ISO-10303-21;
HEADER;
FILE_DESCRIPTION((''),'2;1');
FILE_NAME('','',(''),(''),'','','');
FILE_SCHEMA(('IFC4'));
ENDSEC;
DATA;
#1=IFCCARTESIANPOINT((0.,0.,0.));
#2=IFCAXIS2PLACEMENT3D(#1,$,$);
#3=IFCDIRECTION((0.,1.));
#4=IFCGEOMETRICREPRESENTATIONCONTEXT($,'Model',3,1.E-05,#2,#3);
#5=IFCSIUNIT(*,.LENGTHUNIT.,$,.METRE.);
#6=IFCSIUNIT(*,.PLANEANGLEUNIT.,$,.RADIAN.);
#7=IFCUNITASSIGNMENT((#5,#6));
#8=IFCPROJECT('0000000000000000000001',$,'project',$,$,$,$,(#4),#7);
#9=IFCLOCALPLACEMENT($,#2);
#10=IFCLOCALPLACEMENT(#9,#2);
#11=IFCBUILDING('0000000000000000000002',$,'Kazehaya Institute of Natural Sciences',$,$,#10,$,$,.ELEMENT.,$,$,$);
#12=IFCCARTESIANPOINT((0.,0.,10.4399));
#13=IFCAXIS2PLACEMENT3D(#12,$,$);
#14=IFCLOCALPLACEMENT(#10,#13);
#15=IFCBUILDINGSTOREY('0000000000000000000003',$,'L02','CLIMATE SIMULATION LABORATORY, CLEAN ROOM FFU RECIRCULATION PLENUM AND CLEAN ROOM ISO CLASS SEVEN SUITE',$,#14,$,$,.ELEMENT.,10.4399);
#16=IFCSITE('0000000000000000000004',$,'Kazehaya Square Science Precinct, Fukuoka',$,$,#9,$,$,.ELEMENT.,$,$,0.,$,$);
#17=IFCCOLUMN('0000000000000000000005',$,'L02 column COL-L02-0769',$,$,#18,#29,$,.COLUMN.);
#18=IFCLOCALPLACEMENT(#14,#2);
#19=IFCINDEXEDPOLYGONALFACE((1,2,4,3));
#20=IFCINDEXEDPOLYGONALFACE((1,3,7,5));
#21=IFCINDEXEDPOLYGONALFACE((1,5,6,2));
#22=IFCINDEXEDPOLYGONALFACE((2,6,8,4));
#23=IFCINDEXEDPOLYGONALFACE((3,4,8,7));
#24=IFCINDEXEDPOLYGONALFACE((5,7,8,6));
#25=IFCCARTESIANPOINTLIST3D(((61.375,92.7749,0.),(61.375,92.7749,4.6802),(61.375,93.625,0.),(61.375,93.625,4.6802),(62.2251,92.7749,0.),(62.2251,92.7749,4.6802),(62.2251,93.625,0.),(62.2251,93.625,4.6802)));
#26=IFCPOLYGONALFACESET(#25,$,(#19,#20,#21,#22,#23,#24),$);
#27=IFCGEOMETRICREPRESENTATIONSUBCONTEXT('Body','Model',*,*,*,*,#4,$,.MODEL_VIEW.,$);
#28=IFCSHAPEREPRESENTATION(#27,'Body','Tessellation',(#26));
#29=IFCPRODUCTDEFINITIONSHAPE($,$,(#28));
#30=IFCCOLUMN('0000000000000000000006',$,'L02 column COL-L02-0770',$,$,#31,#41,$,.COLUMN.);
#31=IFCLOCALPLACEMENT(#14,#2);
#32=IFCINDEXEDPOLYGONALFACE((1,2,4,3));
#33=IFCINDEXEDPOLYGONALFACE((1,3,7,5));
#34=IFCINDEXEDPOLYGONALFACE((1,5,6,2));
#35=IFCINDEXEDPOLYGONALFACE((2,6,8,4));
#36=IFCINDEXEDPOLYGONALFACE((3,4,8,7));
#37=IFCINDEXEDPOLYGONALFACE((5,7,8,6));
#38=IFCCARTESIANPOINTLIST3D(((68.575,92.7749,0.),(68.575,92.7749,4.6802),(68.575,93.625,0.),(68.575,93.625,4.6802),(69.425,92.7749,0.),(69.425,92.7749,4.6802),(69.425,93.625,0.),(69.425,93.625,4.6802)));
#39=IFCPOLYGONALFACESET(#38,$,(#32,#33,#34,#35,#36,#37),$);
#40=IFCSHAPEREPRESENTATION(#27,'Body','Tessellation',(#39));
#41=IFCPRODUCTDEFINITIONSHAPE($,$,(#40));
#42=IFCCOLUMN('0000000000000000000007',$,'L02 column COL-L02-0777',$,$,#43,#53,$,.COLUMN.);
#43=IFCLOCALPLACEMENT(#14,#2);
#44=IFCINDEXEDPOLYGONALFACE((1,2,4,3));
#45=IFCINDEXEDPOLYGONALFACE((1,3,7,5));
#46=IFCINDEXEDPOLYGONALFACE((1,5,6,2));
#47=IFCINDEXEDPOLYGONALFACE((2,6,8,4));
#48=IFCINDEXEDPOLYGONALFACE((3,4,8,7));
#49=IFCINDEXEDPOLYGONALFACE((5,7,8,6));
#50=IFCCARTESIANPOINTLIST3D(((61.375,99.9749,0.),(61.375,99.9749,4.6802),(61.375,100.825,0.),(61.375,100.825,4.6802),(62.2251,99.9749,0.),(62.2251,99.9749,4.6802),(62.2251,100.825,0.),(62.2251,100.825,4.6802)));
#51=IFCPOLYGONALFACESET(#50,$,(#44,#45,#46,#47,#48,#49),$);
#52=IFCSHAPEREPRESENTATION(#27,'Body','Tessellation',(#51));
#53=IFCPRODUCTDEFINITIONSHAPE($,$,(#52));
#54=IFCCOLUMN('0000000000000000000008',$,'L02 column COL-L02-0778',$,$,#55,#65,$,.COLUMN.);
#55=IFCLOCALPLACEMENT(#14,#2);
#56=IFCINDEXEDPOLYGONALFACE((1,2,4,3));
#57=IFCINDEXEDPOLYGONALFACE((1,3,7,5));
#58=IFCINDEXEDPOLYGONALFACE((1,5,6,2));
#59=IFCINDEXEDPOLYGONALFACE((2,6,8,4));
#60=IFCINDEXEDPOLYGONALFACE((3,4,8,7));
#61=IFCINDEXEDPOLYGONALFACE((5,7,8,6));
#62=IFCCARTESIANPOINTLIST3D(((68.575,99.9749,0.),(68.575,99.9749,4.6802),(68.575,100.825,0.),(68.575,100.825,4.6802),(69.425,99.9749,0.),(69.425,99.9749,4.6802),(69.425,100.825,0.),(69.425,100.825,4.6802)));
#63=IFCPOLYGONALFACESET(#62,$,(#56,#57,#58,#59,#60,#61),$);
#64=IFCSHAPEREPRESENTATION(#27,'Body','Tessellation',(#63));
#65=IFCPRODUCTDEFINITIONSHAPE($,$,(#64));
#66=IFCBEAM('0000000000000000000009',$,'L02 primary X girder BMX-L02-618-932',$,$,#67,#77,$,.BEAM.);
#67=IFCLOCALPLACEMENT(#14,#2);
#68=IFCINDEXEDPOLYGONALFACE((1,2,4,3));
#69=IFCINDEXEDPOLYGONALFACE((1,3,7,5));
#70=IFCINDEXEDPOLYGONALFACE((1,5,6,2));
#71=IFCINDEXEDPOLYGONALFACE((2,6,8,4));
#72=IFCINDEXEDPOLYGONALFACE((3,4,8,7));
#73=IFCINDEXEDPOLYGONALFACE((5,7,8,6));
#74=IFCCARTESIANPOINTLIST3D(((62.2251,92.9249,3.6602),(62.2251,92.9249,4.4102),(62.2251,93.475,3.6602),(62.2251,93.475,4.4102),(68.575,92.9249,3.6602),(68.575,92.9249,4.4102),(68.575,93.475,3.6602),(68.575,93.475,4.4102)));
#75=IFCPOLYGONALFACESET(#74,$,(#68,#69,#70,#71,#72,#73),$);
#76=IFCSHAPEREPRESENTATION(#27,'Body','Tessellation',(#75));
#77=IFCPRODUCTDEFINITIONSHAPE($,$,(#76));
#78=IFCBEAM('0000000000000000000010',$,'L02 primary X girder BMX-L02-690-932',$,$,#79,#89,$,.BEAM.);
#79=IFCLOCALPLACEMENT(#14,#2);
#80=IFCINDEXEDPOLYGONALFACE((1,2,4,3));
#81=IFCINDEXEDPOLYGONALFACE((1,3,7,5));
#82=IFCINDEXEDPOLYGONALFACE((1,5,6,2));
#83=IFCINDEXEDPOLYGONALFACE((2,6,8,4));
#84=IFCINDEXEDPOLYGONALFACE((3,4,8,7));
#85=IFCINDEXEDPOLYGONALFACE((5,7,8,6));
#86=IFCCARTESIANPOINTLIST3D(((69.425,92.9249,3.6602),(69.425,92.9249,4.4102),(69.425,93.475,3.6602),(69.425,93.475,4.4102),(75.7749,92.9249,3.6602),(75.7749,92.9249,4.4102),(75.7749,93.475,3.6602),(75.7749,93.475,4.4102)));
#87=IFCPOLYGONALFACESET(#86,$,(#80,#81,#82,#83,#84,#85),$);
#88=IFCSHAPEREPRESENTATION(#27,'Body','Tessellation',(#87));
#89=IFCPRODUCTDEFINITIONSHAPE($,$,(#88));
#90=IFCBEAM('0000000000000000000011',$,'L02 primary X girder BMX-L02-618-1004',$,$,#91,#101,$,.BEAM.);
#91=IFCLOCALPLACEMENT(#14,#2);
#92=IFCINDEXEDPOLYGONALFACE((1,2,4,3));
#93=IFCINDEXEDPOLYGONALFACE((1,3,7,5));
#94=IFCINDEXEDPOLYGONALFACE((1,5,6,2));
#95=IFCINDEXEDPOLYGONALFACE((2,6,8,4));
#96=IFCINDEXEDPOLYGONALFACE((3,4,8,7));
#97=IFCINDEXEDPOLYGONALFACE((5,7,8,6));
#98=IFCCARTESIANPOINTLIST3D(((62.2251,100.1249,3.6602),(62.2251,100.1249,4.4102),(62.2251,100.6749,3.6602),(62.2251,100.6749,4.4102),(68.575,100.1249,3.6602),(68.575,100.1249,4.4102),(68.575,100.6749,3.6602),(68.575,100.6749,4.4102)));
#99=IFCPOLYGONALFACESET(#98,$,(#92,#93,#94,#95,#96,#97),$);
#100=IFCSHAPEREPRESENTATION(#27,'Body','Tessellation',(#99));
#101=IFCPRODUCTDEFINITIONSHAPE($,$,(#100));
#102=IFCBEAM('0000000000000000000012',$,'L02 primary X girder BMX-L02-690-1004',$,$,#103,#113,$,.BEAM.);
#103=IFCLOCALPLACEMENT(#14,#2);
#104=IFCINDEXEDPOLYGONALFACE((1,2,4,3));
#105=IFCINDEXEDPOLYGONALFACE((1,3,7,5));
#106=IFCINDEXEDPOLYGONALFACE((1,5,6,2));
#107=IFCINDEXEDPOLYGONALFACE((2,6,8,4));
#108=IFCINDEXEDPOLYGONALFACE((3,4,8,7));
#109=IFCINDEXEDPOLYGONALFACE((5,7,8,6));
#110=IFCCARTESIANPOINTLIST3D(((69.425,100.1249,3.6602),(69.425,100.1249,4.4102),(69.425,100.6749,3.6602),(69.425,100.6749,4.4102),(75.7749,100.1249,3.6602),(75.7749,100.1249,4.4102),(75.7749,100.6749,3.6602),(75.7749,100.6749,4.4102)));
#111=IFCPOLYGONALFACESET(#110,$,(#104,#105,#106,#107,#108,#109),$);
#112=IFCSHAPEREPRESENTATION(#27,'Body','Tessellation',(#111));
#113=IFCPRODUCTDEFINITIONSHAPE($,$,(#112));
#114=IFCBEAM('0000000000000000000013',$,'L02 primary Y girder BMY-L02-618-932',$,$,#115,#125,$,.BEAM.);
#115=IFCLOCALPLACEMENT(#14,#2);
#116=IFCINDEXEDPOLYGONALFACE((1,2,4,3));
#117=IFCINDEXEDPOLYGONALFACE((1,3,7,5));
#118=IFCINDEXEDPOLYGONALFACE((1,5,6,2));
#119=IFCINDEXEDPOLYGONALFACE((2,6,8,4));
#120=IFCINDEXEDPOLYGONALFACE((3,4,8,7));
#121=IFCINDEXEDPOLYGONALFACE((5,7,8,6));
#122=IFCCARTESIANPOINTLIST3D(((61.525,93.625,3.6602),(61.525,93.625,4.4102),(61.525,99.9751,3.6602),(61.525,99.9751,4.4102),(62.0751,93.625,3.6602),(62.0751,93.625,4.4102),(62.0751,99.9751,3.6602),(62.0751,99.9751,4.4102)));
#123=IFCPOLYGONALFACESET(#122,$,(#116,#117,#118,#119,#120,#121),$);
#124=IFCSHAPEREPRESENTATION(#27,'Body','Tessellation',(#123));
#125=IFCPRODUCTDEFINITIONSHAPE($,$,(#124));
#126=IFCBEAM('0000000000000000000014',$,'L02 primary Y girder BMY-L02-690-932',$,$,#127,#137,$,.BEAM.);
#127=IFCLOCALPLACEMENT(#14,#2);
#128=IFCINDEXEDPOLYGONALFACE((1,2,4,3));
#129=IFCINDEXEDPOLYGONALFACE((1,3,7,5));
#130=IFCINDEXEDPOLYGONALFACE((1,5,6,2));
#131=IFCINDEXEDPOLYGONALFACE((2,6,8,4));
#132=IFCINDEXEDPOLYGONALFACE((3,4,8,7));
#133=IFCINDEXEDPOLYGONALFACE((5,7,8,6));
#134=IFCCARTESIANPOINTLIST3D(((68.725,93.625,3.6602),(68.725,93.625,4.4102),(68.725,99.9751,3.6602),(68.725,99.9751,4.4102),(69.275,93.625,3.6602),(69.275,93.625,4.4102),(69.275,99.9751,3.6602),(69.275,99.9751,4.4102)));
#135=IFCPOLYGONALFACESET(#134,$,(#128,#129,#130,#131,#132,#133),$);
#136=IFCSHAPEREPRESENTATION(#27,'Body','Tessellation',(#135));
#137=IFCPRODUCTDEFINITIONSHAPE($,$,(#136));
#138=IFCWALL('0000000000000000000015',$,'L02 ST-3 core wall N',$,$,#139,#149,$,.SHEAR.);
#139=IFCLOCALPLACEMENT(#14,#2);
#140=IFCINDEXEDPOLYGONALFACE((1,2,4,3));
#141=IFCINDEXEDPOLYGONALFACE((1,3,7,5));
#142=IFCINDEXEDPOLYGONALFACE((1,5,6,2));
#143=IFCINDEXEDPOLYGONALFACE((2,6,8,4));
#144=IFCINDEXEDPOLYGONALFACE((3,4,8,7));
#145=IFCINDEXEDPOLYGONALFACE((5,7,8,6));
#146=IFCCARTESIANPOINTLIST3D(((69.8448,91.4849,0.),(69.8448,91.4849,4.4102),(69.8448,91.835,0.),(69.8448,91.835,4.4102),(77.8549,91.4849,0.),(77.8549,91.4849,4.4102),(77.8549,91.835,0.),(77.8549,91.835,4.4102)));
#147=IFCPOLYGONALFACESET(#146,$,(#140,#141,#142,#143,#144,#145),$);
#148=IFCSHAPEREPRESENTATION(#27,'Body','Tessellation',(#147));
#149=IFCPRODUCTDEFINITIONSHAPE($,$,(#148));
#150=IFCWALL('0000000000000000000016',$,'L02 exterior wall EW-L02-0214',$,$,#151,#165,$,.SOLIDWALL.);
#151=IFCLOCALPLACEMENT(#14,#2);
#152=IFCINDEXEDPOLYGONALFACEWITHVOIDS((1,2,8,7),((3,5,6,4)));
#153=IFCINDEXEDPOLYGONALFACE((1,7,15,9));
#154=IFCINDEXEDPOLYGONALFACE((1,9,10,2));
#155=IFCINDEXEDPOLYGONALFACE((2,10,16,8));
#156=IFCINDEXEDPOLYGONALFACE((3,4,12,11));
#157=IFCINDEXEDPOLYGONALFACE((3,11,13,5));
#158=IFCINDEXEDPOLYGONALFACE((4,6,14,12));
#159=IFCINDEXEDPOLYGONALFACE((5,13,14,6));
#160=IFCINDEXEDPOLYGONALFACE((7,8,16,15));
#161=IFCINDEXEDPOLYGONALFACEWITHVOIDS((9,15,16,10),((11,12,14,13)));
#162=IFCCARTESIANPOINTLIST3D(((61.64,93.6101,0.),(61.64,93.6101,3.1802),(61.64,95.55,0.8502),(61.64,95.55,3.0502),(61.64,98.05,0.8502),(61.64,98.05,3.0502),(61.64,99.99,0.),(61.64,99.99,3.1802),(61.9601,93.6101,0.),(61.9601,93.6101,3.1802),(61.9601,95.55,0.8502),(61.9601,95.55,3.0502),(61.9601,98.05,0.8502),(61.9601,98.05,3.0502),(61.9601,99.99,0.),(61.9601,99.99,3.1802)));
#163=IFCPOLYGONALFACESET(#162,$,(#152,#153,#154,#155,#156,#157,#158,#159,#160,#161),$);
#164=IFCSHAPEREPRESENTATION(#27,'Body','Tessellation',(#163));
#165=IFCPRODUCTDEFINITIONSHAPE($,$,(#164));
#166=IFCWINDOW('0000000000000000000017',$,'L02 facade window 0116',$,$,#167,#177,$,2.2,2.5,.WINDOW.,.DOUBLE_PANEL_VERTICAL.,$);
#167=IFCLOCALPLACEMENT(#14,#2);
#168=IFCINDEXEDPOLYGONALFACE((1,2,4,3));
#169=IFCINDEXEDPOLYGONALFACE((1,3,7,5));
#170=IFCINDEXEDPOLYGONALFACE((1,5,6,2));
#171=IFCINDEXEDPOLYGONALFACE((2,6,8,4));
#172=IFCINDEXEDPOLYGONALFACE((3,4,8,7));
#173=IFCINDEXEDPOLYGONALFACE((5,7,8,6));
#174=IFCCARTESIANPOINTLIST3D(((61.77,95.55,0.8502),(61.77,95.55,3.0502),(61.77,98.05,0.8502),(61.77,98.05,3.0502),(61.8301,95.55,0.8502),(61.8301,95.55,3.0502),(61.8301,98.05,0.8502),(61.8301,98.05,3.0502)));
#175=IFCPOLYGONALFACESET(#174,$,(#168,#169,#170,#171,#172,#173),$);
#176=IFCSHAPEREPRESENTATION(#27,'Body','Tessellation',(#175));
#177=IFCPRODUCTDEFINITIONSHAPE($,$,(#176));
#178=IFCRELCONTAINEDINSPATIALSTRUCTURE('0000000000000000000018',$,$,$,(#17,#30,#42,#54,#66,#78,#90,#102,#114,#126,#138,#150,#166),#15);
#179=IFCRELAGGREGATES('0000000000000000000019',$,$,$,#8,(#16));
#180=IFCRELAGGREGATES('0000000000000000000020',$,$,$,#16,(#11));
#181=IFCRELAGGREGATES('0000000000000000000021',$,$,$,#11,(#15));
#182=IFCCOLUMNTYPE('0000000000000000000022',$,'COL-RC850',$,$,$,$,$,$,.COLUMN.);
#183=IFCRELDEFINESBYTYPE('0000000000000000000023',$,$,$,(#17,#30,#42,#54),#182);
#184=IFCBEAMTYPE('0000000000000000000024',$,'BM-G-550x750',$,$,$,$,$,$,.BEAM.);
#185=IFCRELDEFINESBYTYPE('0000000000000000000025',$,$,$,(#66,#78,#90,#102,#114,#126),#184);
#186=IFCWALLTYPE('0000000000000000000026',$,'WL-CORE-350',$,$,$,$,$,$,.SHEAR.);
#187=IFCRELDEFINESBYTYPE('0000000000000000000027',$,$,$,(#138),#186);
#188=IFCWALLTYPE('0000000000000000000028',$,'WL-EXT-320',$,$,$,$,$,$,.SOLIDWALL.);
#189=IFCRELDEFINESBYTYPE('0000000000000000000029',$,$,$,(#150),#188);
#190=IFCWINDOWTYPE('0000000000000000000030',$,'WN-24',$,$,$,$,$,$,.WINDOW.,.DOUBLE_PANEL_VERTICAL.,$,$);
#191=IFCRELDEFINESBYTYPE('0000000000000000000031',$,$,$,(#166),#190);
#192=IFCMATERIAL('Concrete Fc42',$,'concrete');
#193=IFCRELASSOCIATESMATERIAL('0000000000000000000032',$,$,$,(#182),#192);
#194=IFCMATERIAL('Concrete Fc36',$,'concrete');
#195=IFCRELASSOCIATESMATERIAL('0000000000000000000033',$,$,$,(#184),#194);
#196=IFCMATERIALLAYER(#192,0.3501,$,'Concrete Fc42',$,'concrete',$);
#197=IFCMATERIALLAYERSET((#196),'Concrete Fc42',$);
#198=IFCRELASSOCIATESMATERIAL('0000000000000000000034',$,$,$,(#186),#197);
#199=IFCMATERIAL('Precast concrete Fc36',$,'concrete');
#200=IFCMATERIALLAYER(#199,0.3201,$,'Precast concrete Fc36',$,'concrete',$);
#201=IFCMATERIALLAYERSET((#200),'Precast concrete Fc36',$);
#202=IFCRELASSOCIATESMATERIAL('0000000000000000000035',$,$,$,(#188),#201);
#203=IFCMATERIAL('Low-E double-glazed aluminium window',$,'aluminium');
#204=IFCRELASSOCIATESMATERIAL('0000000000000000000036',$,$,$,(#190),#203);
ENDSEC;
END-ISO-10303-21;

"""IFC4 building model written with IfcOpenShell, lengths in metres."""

from ifc_helpers import new_model, si_unit, direction, frame, frame_2d, origin, origin_2d, place, context, subcontext, project, spatial, rectangle, extrude, material, layer, layer_set, material_profile, profile_set, type_object, element, fill, save


model = new_model("IFC4")

# Units and contexts
model_context = context("Model", 3, precision=1e-05, world=origin(), true_north=direction((0.0, 1.0)))
body_context = subcontext(model_context, "Body", "Model", "MODEL_VIEW")
ifc_project = project(units=[si_unit("LENGTHUNIT", "METRE"), si_unit("PLANEANGLEUNIT", "RADIAN")], contexts=[model_context])

# Site, building, storey
site_placement = place(None, origin())
site = spatial("IfcSite", under=ifc_project, at=site_placement, Name="Kazehaya Square Science Precinct, Fukuoka", CompositionType="ELEMENT", RefElevation=0.0)
building_placement = place(site_placement, origin())
building = spatial("IfcBuilding", under=site, at=building_placement, Name="Kazehaya Institute of Natural Sciences", CompositionType="ELEMENT")
storey_placement = place(building_placement, frame((0.0, 0.0, 10.4399)))
storey = spatial("IfcBuildingStorey", under=building, at=storey_placement, Name="L02", Description="CLIMATE SIMULATION LABORATORY, CLEAN ROOM FFU RECIRCULATION PLENUM AND CLEAN ROOM ISO CLASS SEVEN SUITE", CompositionType="ELEMENT", Elevation=10.4399)

# Columns
ifc_material_1 = material(Name="Concrete Fc42", Category="concrete")
ifc_material_profile_1 = material_profile(ifc_material_1, rectangle(XDim=0.8501, YDim=0.8501, at=origin_2d()), Name="RC-850x850")
ifc_profile_set_1 = profile_set([ifc_material_profile_1], Name="Concrete Fc42")
column_type = type_object("IfcColumnType", Name="COL-RC850", PredefinedType="COLUMN", material=ifc_profile_set_1)
for number, where, z_axis, x_axis, name in (
    (1, (61.8, 93.2, 0.0), (0.0, 0.0, 1.0), (1.0, 0.0, 0.0), "L02 column COL-L02-0769"),
    (2, (69.0, 93.2, 0.0), (0.0, 0.0, 1.0), (1.0, 0.0, 0.0), "L02 column COL-L02-0770"),
    (3, (61.8, 100.3999, 0.0), (0.0, 0.0, 1.0), (1.0, 0.0, 0.0), "L02 column COL-L02-0777"),
    (4, (69.0, 100.3999, 0.0), (0.0, 0.0, 1.0), (1.0, 0.0, 0.0), "L02 column COL-L02-0778"),
):
    element("IfcColumn", number, at=place(storey_placement, frame(where, z_axis=z_axis, x_axis=x_axis)), inside=storey, type_object=column_type, Name=name, PredefinedType="COLUMN", context=body_context, shape_type="SweptSolid", body=[
        extrude(rectangle(XDim=0.8501, YDim=0.8501, at=origin_2d()), origin(), (0.0, 0.0, 1.0), 4.6802),
    ])

# Beams
ifc_material_2 = material(Name="Concrete Fc36", Category="concrete")
ifc_material_profile_2 = material_profile(ifc_material_2, rectangle(XDim=0.55, YDim=0.75, at=origin_2d()), Name="RC-550x750")
ifc_profile_set_2 = profile_set([ifc_material_profile_2], Name="Concrete Fc36")
beam_type = type_object("IfcBeamType", Name="BM-G-550x750", PredefinedType="BEAM", material=ifc_profile_set_2)
for number, where, z_axis, x_axis, name in (
    (5, (62.2251, 93.2, 4.0352), (1.0, 0.0, 0.0), (0.0, 1.0, 0.0), "L02 primary X girder BMX-L02-618-932"),
    (6, (69.425, 93.2, 4.0352), (1.0, 0.0, 0.0), (0.0, 1.0, 0.0), "L02 primary X girder BMX-L02-690-932"),
    (7, (62.2251, 100.3999, 4.0352), (1.0, 0.0, 0.0), (0.0, 1.0, 0.0), "L02 primary X girder BMX-L02-618-1004"),
    (8, (69.425, 100.3999, 4.0352), (1.0, 0.0, 0.0), (0.0, 1.0, 0.0), "L02 primary X girder BMX-L02-690-1004"),
):
    element("IfcBeam", number, at=place(storey_placement, frame(where, z_axis=z_axis, x_axis=x_axis)), inside=storey, type_object=beam_type, Name=name, PredefinedType="BEAM", context=body_context, shape_type="SweptSolid", body=[
        extrude(rectangle(XDim=0.55, YDim=0.75, at=origin_2d()), origin(), (0.0, 0.0, 1.0), 6.3499),
    ])
for number, where, z_axis, x_axis, name in (
    (9, (61.8, 93.625, 4.0352), (0.0, 1.0, 0.0), (-1.0, 0.0, 0.0), "L02 primary Y girder BMY-L02-618-932"),
    (10, (69.0, 93.625, 4.0352), (0.0, 1.0, 0.0), (-1.0, 0.0, 0.0), "L02 primary Y girder BMY-L02-690-932"),
):
    element("IfcBeam", number, at=place(storey_placement, frame(where, z_axis=z_axis, x_axis=x_axis)), inside=storey, type_object=beam_type, Name=name, PredefinedType="BEAM", context=body_context, shape_type="SweptSolid", body=[
        extrude(rectangle(XDim=0.55, YDim=0.75, at=origin_2d()), origin(), (0.0, 0.0, 1.0), 6.3501),
    ])

# Wall
ifc_layer_1 = layer(ifc_material_1, 0.3501, Name="Concrete Fc42", Category="concrete")
ifc_layer_set_1 = layer_set([ifc_layer_1], Name="Concrete Fc42")
wall_type_1 = type_object("IfcWallType", Name="WL-CORE-350", PredefinedType="SHEAR", material=ifc_layer_set_1)
wall_1_placement = place(storey_placement, frame((69.845, 91.6599, 0.0), z_axis=(0.0, 0.0, 1.0), x_axis=(1.0, 0.0, 0.0)))
element("IfcWall", 11, at=wall_1_placement, inside=storey, type_object=wall_type_1, Name="L02 ST-3 core wall N", PredefinedType="SHEAR", context=body_context, shape_type="SweptSolid", body=[
    extrude(rectangle(XDim=8.01, YDim=0.3501, at=frame_2d((4.0049, 0.0))), origin(), (0.0, 0.0, 1.0), 4.4102),
])

# Wall, opening, window
ifc_material_3 = material(Name="Precast concrete Fc36", Category="concrete")
ifc_layer_2 = layer(ifc_material_3, 0.3201, Name="Precast concrete Fc36", Category="concrete")
ifc_layer_set_2 = layer_set([ifc_layer_2], Name="Precast concrete Fc36")
wall_type_2 = type_object("IfcWallType", Name="WL-EXT-320", PredefinedType="SOLIDWALL", material=ifc_layer_set_2)
wall_2_placement = place(storey_placement, frame((61.8, 93.6101, 0.0), z_axis=(0.0, 0.0, 1.0), x_axis=(0.0, 1.0, 0.0)))
wall_2 = element("IfcWall", 12, at=wall_2_placement, inside=storey, type_object=wall_type_2, Name="L02 exterior wall EW-L02-0214", PredefinedType="SOLIDWALL", context=body_context, shape_type="SweptSolid", body=[
    extrude(rectangle(XDim=6.3799, YDim=0.3201, at=frame_2d((3.1899, 0.0))), origin(), (0.0, 0.0, 1.0), 3.1802),
])
opening_1_placement = place(wall_2_placement, frame((1.9399, 0.0, 0.8501)))
opening_1 = element("IfcOpeningElement", 13, at=opening_1_placement, cuts=wall_2, PredefinedType="OPENING", context=body_context, shape_type="SweptSolid", body=[
    extrude(rectangle(XDim=2.5, YDim=2.2, at=frame_2d((1.25, 1.1001))), frame((0.0, 0.1699, 0.0), z_axis=(0.0, -1.0, 0.0), x_axis=(1.0, 0.0, 0.0)), (0.0, 0.0, 1.0), 0.3401),
])
ifc_material_4 = material(Name="Low-E double-glazed aluminium window", Category="aluminium")
window_type = type_object("IfcWindowType", Name="WN-24", PartitioningType="DOUBLE_PANEL_VERTICAL", PredefinedType="WINDOW", material=ifc_material_4)
window_1_placement = place(opening_1_placement, origin())
window_1 = element("IfcWindow", 14, at=window_1_placement, inside=storey, type_object=window_type, Name="L02 facade window 0116", OverallHeight=2.2, OverallWidth=2.5, PartitioningType="DOUBLE_PANEL_VERTICAL", PredefinedType="WINDOW", context=body_context, shape_type="SweptSolid", body=[
    extrude(rectangle(XDim=2.5, YDim=2.2, at=frame_2d((1.25, 1.1001))), frame((0.0, 0.03, 0.0), z_axis=(0.0, -1.0, 0.0), x_axis=(1.0, 0.0, 0.0)), (0.0, 0.0, 1.0), 0.0601),
])
fill(opening_1, window_1)

save(model, "model.ifc")
